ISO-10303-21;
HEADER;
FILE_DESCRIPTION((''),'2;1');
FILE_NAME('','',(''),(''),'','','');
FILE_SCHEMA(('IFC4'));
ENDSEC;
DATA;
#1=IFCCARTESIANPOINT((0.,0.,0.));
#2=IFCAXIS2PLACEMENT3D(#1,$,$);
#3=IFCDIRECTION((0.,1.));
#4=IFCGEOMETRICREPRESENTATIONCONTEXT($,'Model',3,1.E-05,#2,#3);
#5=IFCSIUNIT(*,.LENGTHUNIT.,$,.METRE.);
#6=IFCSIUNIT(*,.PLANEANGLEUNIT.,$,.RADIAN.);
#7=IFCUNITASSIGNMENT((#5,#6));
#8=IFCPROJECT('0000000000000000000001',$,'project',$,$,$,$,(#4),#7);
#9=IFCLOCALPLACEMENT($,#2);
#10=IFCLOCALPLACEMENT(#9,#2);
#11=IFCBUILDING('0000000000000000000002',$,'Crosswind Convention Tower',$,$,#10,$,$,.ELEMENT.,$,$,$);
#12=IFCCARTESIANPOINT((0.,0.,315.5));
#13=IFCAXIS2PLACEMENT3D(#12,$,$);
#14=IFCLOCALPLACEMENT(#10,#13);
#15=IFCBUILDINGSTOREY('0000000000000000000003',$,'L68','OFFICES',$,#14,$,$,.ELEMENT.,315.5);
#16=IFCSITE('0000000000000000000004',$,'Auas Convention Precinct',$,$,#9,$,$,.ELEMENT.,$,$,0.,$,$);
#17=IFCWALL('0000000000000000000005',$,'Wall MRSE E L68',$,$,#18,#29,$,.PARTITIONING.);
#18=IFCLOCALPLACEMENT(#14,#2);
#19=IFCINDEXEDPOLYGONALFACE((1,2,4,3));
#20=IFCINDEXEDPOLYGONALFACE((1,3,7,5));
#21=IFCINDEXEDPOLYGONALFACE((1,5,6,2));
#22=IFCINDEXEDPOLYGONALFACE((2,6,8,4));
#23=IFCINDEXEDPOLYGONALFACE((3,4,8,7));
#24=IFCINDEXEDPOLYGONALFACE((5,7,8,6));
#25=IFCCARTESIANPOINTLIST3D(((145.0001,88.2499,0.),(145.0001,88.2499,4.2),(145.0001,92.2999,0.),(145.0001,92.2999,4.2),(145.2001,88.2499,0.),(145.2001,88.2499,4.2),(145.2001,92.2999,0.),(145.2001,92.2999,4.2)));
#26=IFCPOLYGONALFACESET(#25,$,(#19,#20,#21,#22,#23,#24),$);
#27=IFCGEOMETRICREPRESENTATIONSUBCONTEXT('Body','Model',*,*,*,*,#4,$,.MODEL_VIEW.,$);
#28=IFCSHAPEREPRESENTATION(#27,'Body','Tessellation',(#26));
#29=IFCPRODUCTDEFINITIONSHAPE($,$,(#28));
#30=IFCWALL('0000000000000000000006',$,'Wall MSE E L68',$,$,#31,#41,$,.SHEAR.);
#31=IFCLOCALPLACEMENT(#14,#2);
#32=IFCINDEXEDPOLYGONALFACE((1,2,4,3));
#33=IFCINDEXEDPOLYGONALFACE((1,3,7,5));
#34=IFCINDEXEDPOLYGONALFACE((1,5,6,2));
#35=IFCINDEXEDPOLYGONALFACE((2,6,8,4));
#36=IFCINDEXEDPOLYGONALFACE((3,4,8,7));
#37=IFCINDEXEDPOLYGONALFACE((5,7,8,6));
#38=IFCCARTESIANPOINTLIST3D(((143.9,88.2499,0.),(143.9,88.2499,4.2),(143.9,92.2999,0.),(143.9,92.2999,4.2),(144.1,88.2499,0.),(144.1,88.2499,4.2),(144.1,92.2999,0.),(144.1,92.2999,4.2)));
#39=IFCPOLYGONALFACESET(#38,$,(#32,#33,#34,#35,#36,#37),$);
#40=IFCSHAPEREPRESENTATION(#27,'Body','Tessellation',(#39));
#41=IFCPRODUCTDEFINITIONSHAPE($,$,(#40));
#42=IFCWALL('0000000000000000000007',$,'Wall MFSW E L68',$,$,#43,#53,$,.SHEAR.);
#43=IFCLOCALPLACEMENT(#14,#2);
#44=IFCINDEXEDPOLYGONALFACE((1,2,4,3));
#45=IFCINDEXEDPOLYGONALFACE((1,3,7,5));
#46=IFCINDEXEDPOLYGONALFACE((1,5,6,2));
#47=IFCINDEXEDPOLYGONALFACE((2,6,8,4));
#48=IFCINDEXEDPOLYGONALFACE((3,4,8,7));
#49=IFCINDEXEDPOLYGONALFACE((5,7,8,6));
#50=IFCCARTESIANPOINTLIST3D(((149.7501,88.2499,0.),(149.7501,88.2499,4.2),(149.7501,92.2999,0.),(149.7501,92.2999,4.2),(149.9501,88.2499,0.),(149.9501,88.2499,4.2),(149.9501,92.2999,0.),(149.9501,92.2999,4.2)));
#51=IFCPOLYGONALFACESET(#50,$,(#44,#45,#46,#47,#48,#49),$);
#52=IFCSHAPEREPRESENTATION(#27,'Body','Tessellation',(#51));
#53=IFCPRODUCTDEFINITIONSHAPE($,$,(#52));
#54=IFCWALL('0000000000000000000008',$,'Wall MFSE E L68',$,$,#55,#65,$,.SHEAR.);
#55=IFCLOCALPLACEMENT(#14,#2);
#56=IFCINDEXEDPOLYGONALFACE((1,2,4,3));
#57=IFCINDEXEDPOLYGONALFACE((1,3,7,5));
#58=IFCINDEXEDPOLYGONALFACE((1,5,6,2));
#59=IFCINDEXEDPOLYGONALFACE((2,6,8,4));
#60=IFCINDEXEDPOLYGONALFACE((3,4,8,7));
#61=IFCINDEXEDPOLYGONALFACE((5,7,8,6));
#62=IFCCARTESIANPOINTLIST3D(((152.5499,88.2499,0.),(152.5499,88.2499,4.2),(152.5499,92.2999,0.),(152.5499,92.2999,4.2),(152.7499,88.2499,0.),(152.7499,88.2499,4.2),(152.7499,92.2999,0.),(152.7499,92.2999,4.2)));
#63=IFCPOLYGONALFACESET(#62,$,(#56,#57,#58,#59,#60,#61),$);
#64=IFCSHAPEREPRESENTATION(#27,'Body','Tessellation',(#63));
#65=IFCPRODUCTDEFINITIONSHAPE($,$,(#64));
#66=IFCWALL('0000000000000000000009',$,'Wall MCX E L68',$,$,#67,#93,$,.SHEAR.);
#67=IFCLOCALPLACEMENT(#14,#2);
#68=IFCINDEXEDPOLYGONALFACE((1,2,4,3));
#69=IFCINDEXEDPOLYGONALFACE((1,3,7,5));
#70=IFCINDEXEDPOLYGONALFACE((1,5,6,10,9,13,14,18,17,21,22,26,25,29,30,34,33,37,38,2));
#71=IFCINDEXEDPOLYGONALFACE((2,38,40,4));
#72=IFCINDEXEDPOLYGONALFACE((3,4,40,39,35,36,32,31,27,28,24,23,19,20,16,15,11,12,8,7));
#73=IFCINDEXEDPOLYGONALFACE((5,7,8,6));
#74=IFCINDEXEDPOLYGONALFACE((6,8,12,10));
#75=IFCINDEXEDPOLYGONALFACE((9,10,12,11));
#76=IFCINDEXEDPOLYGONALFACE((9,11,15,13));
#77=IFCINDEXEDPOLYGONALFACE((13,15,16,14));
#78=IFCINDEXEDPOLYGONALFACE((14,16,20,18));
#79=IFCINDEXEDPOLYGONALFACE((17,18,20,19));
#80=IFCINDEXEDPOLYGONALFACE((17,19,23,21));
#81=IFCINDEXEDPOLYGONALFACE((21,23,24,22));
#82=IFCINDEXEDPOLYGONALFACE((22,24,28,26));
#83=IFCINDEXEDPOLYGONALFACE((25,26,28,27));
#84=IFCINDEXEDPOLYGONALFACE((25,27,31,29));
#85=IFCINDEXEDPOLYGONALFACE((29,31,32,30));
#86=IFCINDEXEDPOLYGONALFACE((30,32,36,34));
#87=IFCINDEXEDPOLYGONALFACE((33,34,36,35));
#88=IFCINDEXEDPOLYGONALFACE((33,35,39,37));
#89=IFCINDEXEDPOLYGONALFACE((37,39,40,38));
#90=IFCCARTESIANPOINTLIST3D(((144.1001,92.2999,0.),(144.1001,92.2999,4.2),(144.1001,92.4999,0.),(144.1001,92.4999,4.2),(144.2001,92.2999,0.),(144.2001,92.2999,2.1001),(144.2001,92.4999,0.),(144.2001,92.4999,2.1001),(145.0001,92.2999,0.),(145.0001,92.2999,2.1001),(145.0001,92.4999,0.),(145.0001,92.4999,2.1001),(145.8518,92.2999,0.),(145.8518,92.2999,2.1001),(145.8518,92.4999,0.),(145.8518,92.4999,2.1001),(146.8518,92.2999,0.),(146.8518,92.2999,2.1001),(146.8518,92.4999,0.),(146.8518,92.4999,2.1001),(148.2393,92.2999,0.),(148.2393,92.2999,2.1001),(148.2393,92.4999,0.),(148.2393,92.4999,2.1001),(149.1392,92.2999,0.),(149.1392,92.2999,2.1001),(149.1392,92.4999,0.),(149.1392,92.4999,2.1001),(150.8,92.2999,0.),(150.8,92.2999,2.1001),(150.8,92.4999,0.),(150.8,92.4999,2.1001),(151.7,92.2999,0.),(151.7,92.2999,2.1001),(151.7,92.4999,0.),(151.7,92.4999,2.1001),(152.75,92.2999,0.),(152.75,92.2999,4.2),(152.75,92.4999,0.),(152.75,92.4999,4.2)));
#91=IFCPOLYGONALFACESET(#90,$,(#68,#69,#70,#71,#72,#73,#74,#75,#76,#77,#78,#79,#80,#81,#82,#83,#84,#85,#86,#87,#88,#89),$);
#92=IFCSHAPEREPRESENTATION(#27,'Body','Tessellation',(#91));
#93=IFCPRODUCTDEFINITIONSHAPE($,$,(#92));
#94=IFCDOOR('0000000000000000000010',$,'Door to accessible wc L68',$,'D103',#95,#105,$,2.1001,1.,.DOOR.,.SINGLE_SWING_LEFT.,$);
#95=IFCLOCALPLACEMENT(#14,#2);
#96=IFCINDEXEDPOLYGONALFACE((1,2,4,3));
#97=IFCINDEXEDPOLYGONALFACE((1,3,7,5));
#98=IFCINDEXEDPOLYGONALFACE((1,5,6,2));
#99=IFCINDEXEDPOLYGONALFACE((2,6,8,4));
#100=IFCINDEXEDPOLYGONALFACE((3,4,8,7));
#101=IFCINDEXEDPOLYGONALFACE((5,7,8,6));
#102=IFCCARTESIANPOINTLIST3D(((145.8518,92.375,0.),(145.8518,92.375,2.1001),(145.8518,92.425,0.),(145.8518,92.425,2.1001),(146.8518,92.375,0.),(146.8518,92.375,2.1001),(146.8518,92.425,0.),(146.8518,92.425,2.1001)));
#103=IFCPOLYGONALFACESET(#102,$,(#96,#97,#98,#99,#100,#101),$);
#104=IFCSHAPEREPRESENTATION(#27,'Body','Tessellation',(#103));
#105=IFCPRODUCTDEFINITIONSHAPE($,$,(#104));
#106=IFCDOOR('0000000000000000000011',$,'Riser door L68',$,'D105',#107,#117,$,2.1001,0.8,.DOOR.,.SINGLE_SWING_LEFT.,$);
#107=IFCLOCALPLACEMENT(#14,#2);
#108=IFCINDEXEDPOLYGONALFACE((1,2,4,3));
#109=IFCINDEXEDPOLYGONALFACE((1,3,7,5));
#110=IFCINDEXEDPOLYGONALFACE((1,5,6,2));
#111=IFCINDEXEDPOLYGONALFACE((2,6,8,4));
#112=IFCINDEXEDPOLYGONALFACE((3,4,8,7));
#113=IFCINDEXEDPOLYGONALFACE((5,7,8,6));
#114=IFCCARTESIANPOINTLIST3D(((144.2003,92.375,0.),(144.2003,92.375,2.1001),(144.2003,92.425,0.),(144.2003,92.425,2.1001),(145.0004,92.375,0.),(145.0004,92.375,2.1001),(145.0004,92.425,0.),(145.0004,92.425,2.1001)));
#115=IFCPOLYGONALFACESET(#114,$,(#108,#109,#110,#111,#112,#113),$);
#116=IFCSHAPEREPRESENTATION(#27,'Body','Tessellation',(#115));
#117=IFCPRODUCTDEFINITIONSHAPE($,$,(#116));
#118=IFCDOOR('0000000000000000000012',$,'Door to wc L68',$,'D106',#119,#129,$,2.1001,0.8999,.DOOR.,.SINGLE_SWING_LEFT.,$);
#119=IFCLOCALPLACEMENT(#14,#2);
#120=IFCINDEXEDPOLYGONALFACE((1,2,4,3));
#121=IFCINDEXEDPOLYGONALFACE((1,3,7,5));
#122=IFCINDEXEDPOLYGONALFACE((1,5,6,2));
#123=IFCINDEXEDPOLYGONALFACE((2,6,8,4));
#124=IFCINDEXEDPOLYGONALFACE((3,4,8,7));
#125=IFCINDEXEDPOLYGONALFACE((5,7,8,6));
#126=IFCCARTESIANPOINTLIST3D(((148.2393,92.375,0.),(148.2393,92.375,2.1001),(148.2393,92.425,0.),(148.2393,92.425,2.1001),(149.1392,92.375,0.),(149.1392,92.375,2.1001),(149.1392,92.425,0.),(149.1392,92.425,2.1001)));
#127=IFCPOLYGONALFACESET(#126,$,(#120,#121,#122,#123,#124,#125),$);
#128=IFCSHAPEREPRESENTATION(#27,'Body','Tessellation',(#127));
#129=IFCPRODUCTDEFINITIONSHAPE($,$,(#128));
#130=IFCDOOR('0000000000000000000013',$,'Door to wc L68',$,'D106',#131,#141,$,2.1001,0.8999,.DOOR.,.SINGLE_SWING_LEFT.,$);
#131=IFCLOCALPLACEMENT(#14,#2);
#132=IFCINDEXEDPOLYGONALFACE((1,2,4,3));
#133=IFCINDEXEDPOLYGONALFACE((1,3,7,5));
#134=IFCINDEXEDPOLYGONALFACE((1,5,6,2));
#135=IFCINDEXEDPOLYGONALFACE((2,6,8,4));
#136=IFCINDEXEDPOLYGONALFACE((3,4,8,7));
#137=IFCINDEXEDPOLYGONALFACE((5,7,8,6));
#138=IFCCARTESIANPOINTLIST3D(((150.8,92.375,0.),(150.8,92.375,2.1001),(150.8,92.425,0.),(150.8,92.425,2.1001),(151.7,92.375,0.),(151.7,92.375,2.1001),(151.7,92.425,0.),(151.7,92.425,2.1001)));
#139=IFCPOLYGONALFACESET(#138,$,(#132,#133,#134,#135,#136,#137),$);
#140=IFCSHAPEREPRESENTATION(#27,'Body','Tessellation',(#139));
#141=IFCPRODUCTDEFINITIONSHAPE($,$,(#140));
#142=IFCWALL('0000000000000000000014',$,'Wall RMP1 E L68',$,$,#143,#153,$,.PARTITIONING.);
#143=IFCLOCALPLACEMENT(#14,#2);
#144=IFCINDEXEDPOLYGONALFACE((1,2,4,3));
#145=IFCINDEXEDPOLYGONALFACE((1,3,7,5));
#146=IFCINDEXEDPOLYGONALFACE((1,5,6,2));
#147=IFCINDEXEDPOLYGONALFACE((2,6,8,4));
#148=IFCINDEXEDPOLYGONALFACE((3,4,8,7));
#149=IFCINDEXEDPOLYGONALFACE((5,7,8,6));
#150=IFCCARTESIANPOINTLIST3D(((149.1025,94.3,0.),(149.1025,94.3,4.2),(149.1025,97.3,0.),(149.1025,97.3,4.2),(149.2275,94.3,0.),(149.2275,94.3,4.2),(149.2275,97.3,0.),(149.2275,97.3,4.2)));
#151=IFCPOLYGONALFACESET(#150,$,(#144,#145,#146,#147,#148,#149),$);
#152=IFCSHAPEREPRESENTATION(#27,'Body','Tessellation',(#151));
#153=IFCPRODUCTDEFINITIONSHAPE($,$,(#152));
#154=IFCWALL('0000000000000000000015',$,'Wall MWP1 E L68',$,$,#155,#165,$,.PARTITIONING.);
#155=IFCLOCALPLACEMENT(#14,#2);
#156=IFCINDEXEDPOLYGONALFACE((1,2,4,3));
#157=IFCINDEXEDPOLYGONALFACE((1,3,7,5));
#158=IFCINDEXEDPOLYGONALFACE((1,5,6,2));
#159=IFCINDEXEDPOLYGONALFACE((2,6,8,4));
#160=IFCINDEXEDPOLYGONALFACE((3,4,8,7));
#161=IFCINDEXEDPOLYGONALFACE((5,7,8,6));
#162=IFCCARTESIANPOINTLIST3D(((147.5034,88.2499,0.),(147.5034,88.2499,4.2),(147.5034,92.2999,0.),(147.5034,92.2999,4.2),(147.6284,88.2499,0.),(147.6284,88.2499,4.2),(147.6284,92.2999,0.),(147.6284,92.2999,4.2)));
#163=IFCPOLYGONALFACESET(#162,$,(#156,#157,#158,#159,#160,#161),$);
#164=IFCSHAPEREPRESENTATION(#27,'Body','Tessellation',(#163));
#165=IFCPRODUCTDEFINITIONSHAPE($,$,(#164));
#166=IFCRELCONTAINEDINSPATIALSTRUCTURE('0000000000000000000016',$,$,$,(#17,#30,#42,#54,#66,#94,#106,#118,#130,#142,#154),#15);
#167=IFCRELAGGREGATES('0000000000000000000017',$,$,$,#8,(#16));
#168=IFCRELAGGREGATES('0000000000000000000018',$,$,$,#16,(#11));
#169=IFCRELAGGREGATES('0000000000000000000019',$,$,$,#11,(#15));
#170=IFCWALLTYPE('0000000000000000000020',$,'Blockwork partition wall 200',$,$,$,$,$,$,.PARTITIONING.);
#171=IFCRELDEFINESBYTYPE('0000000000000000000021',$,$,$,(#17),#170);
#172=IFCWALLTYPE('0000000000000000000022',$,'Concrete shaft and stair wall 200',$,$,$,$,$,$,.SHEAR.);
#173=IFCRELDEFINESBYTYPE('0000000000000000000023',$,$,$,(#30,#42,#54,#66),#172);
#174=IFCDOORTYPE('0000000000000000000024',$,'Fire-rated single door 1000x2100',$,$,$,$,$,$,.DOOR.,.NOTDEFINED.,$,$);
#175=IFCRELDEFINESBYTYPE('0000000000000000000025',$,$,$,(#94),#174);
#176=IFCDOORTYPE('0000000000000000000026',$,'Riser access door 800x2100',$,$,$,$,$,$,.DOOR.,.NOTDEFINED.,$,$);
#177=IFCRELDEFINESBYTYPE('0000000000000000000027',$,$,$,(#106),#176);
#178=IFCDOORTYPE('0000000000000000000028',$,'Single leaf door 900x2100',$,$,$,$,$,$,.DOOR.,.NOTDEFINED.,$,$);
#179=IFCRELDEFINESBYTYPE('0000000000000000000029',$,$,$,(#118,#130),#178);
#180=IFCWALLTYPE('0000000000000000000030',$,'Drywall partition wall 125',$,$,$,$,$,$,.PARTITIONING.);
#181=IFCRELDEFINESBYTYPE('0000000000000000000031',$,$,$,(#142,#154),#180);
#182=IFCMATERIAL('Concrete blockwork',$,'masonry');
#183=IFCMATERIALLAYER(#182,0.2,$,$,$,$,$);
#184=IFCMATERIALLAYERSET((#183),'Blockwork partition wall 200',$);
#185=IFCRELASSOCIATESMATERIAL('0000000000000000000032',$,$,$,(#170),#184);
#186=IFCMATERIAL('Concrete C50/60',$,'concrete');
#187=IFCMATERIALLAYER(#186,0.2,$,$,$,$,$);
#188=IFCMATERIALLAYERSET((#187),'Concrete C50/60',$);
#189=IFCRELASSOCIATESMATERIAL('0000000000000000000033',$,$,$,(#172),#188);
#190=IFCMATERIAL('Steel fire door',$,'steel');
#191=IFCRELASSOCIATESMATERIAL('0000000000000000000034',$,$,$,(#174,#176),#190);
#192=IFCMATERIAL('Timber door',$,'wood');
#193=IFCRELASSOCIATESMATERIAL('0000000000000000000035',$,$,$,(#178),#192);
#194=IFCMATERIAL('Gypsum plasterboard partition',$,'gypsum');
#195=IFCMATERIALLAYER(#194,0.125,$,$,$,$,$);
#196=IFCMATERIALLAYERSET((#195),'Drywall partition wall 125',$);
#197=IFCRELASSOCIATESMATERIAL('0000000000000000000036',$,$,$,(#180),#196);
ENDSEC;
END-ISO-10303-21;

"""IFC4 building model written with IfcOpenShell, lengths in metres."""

from ifc_helpers import new_model, si_unit, direction, frame, frame_2d, origin, place, context, subcontext, project, spatial, rectangle, extrude, material, layer, layer_set, type_object, element, fill, save


model = new_model("IFC4")

# Units and contexts
model_context = context("Model", 3, precision=1e-05, world=origin(), true_north=direction((0.0, 1.0)))
body_context = subcontext(model_context, "Body", "Model", "MODEL_VIEW")
ifc_project = project(units=[si_unit("LENGTHUNIT", "METRE"), si_unit("PLANEANGLEUNIT", "RADIAN")], contexts=[model_context])

# Site, building, storey
site_placement = place(None, origin())
site = spatial("IfcSite", under=ifc_project, at=site_placement, Name="Auas Convention Precinct", CompositionType="ELEMENT", RefElevation=0.0)
building_placement = place(site_placement, origin())
building = spatial("IfcBuilding", under=site, at=building_placement, Name="Crosswind Convention Tower", CompositionType="ELEMENT")
storey_placement = place(building_placement, frame((0.0, 0.0, 315.5)))
storey = spatial("IfcBuildingStorey", under=building, at=storey_placement, Name="L68", Description="OFFICES", CompositionType="ELEMENT", Elevation=315.5)

# Walls
ifc_material_1 = material(Name="Concrete blockwork", Category="masonry")
ifc_layer_1 = layer(ifc_material_1, 0.2)
ifc_layer_set_1 = layer_set([ifc_layer_1], Name="Blockwork partition wall 200")
wall_type_1 = type_object("IfcWallType", Name="Blockwork partition wall 200", PredefinedType="PARTITIONING", material=ifc_layer_set_1)
wall_1_placement = place(storey_placement, frame((145.1001, 88.25, 0.0), z_axis=(0.0, 0.0, 1.0), x_axis=(0.0, 1.0, 0.0)))
element("IfcWall", 1, at=wall_1_placement, inside=storey, type_object=wall_type_1, Name="Wall MRSE E L68", PredefinedType="PARTITIONING", context=body_context, shape_type="SweptSolid", body=[
    extrude(rectangle(XDim=4.05, YDim=0.2, at=frame_2d((2.0249, 0.0))), origin(), (0.0, 0.0, 1.0), 4.2),
])
ifc_material_2 = material(Name="Concrete C50/60", Category="concrete")
ifc_layer_2 = layer(ifc_material_2, 0.2)
ifc_layer_set_2 = layer_set([ifc_layer_2], Name="Concrete C50/60")
wall_type_2 = type_object("IfcWallType", Name="Concrete shaft and stair wall 200", PredefinedType="SHEAR", material=ifc_layer_set_2)
for number, where, z_axis, x_axis, name in (
    (2, (144.0, 88.25, 0.0), (0.0, 0.0, 1.0), (0.0, 1.0, 0.0), "Wall MSE E L68"),
    (3, (149.8501, 88.25, 0.0), (0.0, 0.0, 1.0), (0.0, 1.0, 0.0), "Wall MFSW E L68"),
    (4, (152.6499, 88.25, 0.0), (0.0, 0.0, 1.0), (0.0, 1.0, 0.0), "Wall MFSE E L68"),
):
    element("IfcWall", number, at=place(storey_placement, frame(where, z_axis=z_axis, x_axis=x_axis)), inside=storey, type_object=wall_type_2, Name=name, PredefinedType="SHEAR", context=body_context, shape_type="SweptSolid", body=[
        extrude(rectangle(XDim=4.05, YDim=0.2, at=frame_2d((2.0249, 0.0))), origin(), (0.0, 0.0, 1.0), 4.2),
    ])

# Wall, openings, doors
wall_2_placement = place(storey_placement, frame((144.1001, 92.3999, 0.0), z_axis=(0.0, 0.0, 1.0), x_axis=(1.0, 0.0, 0.0)))
wall_2 = element("IfcWall", 5, at=wall_2_placement, inside=storey, type_object=wall_type_2, Name="Wall MCX E L68", PredefinedType="SHEAR", context=body_context, shape_type="SweptSolid", body=[
    extrude(rectangle(XDim=8.6499, YDim=0.2, at=frame_2d((4.325, 0.0))), origin(), (0.0, 0.0, 1.0), 4.2),
])
opening_1_placement = place(wall_2_placement, frame((0.1001, 0.0, 0.0)))
opening_1 = element("IfcOpeningElement", 6, at=opening_1_placement, cuts=wall_2, PredefinedType="OPENING", context=body_context, shape_type="SweptSolid", body=[
    extrude(rectangle(XDim=0.8, YDim=2.1001, at=frame_2d((0.3999, 1.05))), frame((0.0, 0.1099, 0.0), z_axis=(0.0, -1.0, 0.0), x_axis=(1.0, 0.0, 0.0)), (0.0, 0.0, 1.0), 0.22),
])
opening_2_placement = place(wall_2_placement, frame((1.7517, 0.0, 0.0)))
opening_2 = element("IfcOpeningElement", 7, at=opening_2_placement, cuts=wall_2, PredefinedType="OPENING", context=body_context, shape_type="SweptSolid", body=[
    extrude(rectangle(XDim=1.0, YDim=2.1001, at=frame_2d((0.5, 1.05))), frame((0.0, 0.1099, 0.0), z_axis=(0.0, -1.0, 0.0), x_axis=(1.0, 0.0, 0.0)), (0.0, 0.0, 1.0), 0.22),
])
opening_3_placement = place(wall_2_placement, frame((4.1392, 0.0, 0.0)))
opening_3 = element("IfcOpeningElement", 8, at=opening_3_placement, cuts=wall_2, PredefinedType="OPENING", context=body_context, shape_type="SweptSolid", body=[
    extrude(rectangle(XDim=0.8999, YDim=2.1001, at=frame_2d((0.45, 1.05))), frame((0.0, 0.1099, 0.0), z_axis=(0.0, -1.0, 0.0), x_axis=(1.0, 0.0, 0.0)), (0.0, 0.0, 1.0), 0.22),
])
opening_4_placement = place(wall_2_placement, frame((6.7, 0.0, 0.0)))
opening_4 = element("IfcOpeningElement", 9, at=opening_4_placement, cuts=wall_2, PredefinedType="OPENING", context=body_context, shape_type="SweptSolid", body=[
    extrude(rectangle(XDim=0.8999, YDim=2.1001, at=frame_2d((0.45, 1.05))), frame((0.0, 0.1099, 0.0), z_axis=(0.0, -1.0, 0.0), x_axis=(1.0, 0.0, 0.0)), (0.0, 0.0, 1.0), 0.22),
])
ifc_material_3 = material(Name="Steel fire door", Category="steel")
door_type_1 = type_object("IfcDoorType", Name="Fire-rated single door 1000x2100", OperationType="NOTDEFINED", PredefinedType="DOOR", material=ifc_material_3)
door_1_placement = place(opening_2_placement, frame((1.0, 0.0, 0.0), z_axis=(0.0, 0.0, 1.0), x_axis=(-1.0, 0.0, 0.0)))
door_1 = element("IfcDoor", 10, at=door_1_placement, inside=storey, type_object=door_type_1, Name="Door to accessible wc L68", ObjectType="D103", OperationType="SINGLE_SWING_LEFT", OverallHeight=2.1001, OverallWidth=1.0, PredefinedType="DOOR", context=body_context, shape_type="SweptSolid", body=[
    extrude(rectangle(XDim=1.0, YDim=2.1001, at=frame_2d((0.5, 1.05))), frame((0.0, 0.0249, 0.0), z_axis=(0.0, -1.0, 0.0), x_axis=(1.0, 0.0, 0.0)), (0.0, 0.0, 1.0), 0.05),
])
fill(opening_2, door_1)
door_type_2 = type_object("IfcDoorType", Name="Riser access door 800x2100", OperationType="NOTDEFINED", PredefinedType="DOOR", material=ifc_material_3)
door_2_placement = place(opening_1_placement, frame((0.8, 0.0, 0.0), z_axis=(0.0, 0.0, 1.0), x_axis=(-1.0, 0.0, 0.0)))
door_2 = element("IfcDoor", 11, at=door_2_placement, inside=storey, type_object=door_type_2, Name="Riser door L68", ObjectType="D105", OperationType="SINGLE_SWING_LEFT", OverallHeight=2.1001, OverallWidth=0.8, PredefinedType="DOOR", context=body_context, shape_type="SweptSolid", body=[
    extrude(rectangle(XDim=0.8, YDim=2.1001, at=frame_2d((0.3999, 1.05))), frame((0.0, 0.0249, 0.0), z_axis=(0.0, -1.0, 0.0), x_axis=(1.0, 0.0, 0.0)), (0.0, 0.0, 1.0), 0.05),
])
fill(opening_1, door_2)
ifc_material_4 = material(Name="Timber door", Category="wood")
door_type_3 = type_object("IfcDoorType", Name="Single leaf door 900x2100", OperationType="NOTDEFINED", PredefinedType="DOOR", material=ifc_material_4)
door_3_placement = place(opening_3_placement, frame((0.8999, 0.0, 0.0), z_axis=(0.0, 0.0, 1.0), x_axis=(-1.0, 0.0, 0.0)))
door_3 = element("IfcDoor", 12, at=door_3_placement, inside=storey, type_object=door_type_3, Name="Door to wc L68", ObjectType="D106", OperationType="SINGLE_SWING_LEFT", OverallHeight=2.1001, OverallWidth=0.8999, PredefinedType="DOOR", context=body_context, shape_type="SweptSolid", body=[
    extrude(rectangle(XDim=0.8999, YDim=2.1001, at=frame_2d((0.45, 1.05))), frame((0.0, 0.0249, 0.0), z_axis=(0.0, -1.0, 0.0), x_axis=(1.0, 0.0, 0.0)), (0.0, 0.0, 1.0), 0.05),
])
fill(opening_3, door_3)
door_4_placement = place(opening_4_placement, frame((0.8999, 0.0, 0.0), z_axis=(0.0, 0.0, 1.0), x_axis=(-1.0, 0.0, 0.0)))
door_4 = element("IfcDoor", 13, at=door_4_placement, inside=storey, type_object=door_type_3, Name="Door to wc L68", ObjectType="D106", OperationType="SINGLE_SWING_LEFT", OverallHeight=2.1001, OverallWidth=0.8999, PredefinedType="DOOR", context=body_context, shape_type="SweptSolid", body=[
    extrude(rectangle(XDim=0.8999, YDim=2.1001, at=frame_2d((0.45, 1.05))), frame((0.0, 0.0249, 0.0), z_axis=(0.0, -1.0, 0.0), x_axis=(1.0, 0.0, 0.0)), (0.0, 0.0, 1.0), 0.05),
])
fill(opening_4, door_4)

# Walls
ifc_material_5 = material(Name="Gypsum plasterboard partition", Category="gypsum")
ifc_layer_3 = layer(ifc_material_5, 0.125)
ifc_layer_set_3 = layer_set([ifc_layer_3], Name="Drywall partition wall 125")
wall_type_3 = type_object("IfcWallType", Name="Drywall partition wall 125", PredefinedType="PARTITIONING", material=ifc_layer_set_3)
wall_3_placement = place(storey_placement, frame((149.165, 94.3, 0.0), z_axis=(0.0, 0.0, 1.0), x_axis=(0.0, 1.0, 0.0)))
element("IfcWall", 14, at=wall_3_placement, inside=storey, type_object=wall_type_3, Name="Wall RMP1 E L68", PredefinedType="PARTITIONING", context=body_context, shape_type="SweptSolid", body=[
    extrude(rectangle(XDim=3.0, YDim=0.125, at=frame_2d((1.5, 0.0))), origin(), (0.0, 0.0, 1.0), 4.2),
])
wall_4_placement = place(storey_placement, frame((147.5659, 88.25, 0.0), z_axis=(0.0, 0.0, 1.0), x_axis=(0.0, 1.0, 0.0)))
element("IfcWall", 15, at=wall_4_placement, inside=storey, type_object=wall_type_3, Name="Wall MWP1 E L68", PredefinedType="PARTITIONING", context=body_context, shape_type="SweptSolid", body=[
    extrude(rectangle(XDim=4.05, YDim=0.125, at=frame_2d((2.0249, 0.0))), origin(), (0.0, 0.0, 1.0), 4.2),
])

save(model, "model.ifc")
